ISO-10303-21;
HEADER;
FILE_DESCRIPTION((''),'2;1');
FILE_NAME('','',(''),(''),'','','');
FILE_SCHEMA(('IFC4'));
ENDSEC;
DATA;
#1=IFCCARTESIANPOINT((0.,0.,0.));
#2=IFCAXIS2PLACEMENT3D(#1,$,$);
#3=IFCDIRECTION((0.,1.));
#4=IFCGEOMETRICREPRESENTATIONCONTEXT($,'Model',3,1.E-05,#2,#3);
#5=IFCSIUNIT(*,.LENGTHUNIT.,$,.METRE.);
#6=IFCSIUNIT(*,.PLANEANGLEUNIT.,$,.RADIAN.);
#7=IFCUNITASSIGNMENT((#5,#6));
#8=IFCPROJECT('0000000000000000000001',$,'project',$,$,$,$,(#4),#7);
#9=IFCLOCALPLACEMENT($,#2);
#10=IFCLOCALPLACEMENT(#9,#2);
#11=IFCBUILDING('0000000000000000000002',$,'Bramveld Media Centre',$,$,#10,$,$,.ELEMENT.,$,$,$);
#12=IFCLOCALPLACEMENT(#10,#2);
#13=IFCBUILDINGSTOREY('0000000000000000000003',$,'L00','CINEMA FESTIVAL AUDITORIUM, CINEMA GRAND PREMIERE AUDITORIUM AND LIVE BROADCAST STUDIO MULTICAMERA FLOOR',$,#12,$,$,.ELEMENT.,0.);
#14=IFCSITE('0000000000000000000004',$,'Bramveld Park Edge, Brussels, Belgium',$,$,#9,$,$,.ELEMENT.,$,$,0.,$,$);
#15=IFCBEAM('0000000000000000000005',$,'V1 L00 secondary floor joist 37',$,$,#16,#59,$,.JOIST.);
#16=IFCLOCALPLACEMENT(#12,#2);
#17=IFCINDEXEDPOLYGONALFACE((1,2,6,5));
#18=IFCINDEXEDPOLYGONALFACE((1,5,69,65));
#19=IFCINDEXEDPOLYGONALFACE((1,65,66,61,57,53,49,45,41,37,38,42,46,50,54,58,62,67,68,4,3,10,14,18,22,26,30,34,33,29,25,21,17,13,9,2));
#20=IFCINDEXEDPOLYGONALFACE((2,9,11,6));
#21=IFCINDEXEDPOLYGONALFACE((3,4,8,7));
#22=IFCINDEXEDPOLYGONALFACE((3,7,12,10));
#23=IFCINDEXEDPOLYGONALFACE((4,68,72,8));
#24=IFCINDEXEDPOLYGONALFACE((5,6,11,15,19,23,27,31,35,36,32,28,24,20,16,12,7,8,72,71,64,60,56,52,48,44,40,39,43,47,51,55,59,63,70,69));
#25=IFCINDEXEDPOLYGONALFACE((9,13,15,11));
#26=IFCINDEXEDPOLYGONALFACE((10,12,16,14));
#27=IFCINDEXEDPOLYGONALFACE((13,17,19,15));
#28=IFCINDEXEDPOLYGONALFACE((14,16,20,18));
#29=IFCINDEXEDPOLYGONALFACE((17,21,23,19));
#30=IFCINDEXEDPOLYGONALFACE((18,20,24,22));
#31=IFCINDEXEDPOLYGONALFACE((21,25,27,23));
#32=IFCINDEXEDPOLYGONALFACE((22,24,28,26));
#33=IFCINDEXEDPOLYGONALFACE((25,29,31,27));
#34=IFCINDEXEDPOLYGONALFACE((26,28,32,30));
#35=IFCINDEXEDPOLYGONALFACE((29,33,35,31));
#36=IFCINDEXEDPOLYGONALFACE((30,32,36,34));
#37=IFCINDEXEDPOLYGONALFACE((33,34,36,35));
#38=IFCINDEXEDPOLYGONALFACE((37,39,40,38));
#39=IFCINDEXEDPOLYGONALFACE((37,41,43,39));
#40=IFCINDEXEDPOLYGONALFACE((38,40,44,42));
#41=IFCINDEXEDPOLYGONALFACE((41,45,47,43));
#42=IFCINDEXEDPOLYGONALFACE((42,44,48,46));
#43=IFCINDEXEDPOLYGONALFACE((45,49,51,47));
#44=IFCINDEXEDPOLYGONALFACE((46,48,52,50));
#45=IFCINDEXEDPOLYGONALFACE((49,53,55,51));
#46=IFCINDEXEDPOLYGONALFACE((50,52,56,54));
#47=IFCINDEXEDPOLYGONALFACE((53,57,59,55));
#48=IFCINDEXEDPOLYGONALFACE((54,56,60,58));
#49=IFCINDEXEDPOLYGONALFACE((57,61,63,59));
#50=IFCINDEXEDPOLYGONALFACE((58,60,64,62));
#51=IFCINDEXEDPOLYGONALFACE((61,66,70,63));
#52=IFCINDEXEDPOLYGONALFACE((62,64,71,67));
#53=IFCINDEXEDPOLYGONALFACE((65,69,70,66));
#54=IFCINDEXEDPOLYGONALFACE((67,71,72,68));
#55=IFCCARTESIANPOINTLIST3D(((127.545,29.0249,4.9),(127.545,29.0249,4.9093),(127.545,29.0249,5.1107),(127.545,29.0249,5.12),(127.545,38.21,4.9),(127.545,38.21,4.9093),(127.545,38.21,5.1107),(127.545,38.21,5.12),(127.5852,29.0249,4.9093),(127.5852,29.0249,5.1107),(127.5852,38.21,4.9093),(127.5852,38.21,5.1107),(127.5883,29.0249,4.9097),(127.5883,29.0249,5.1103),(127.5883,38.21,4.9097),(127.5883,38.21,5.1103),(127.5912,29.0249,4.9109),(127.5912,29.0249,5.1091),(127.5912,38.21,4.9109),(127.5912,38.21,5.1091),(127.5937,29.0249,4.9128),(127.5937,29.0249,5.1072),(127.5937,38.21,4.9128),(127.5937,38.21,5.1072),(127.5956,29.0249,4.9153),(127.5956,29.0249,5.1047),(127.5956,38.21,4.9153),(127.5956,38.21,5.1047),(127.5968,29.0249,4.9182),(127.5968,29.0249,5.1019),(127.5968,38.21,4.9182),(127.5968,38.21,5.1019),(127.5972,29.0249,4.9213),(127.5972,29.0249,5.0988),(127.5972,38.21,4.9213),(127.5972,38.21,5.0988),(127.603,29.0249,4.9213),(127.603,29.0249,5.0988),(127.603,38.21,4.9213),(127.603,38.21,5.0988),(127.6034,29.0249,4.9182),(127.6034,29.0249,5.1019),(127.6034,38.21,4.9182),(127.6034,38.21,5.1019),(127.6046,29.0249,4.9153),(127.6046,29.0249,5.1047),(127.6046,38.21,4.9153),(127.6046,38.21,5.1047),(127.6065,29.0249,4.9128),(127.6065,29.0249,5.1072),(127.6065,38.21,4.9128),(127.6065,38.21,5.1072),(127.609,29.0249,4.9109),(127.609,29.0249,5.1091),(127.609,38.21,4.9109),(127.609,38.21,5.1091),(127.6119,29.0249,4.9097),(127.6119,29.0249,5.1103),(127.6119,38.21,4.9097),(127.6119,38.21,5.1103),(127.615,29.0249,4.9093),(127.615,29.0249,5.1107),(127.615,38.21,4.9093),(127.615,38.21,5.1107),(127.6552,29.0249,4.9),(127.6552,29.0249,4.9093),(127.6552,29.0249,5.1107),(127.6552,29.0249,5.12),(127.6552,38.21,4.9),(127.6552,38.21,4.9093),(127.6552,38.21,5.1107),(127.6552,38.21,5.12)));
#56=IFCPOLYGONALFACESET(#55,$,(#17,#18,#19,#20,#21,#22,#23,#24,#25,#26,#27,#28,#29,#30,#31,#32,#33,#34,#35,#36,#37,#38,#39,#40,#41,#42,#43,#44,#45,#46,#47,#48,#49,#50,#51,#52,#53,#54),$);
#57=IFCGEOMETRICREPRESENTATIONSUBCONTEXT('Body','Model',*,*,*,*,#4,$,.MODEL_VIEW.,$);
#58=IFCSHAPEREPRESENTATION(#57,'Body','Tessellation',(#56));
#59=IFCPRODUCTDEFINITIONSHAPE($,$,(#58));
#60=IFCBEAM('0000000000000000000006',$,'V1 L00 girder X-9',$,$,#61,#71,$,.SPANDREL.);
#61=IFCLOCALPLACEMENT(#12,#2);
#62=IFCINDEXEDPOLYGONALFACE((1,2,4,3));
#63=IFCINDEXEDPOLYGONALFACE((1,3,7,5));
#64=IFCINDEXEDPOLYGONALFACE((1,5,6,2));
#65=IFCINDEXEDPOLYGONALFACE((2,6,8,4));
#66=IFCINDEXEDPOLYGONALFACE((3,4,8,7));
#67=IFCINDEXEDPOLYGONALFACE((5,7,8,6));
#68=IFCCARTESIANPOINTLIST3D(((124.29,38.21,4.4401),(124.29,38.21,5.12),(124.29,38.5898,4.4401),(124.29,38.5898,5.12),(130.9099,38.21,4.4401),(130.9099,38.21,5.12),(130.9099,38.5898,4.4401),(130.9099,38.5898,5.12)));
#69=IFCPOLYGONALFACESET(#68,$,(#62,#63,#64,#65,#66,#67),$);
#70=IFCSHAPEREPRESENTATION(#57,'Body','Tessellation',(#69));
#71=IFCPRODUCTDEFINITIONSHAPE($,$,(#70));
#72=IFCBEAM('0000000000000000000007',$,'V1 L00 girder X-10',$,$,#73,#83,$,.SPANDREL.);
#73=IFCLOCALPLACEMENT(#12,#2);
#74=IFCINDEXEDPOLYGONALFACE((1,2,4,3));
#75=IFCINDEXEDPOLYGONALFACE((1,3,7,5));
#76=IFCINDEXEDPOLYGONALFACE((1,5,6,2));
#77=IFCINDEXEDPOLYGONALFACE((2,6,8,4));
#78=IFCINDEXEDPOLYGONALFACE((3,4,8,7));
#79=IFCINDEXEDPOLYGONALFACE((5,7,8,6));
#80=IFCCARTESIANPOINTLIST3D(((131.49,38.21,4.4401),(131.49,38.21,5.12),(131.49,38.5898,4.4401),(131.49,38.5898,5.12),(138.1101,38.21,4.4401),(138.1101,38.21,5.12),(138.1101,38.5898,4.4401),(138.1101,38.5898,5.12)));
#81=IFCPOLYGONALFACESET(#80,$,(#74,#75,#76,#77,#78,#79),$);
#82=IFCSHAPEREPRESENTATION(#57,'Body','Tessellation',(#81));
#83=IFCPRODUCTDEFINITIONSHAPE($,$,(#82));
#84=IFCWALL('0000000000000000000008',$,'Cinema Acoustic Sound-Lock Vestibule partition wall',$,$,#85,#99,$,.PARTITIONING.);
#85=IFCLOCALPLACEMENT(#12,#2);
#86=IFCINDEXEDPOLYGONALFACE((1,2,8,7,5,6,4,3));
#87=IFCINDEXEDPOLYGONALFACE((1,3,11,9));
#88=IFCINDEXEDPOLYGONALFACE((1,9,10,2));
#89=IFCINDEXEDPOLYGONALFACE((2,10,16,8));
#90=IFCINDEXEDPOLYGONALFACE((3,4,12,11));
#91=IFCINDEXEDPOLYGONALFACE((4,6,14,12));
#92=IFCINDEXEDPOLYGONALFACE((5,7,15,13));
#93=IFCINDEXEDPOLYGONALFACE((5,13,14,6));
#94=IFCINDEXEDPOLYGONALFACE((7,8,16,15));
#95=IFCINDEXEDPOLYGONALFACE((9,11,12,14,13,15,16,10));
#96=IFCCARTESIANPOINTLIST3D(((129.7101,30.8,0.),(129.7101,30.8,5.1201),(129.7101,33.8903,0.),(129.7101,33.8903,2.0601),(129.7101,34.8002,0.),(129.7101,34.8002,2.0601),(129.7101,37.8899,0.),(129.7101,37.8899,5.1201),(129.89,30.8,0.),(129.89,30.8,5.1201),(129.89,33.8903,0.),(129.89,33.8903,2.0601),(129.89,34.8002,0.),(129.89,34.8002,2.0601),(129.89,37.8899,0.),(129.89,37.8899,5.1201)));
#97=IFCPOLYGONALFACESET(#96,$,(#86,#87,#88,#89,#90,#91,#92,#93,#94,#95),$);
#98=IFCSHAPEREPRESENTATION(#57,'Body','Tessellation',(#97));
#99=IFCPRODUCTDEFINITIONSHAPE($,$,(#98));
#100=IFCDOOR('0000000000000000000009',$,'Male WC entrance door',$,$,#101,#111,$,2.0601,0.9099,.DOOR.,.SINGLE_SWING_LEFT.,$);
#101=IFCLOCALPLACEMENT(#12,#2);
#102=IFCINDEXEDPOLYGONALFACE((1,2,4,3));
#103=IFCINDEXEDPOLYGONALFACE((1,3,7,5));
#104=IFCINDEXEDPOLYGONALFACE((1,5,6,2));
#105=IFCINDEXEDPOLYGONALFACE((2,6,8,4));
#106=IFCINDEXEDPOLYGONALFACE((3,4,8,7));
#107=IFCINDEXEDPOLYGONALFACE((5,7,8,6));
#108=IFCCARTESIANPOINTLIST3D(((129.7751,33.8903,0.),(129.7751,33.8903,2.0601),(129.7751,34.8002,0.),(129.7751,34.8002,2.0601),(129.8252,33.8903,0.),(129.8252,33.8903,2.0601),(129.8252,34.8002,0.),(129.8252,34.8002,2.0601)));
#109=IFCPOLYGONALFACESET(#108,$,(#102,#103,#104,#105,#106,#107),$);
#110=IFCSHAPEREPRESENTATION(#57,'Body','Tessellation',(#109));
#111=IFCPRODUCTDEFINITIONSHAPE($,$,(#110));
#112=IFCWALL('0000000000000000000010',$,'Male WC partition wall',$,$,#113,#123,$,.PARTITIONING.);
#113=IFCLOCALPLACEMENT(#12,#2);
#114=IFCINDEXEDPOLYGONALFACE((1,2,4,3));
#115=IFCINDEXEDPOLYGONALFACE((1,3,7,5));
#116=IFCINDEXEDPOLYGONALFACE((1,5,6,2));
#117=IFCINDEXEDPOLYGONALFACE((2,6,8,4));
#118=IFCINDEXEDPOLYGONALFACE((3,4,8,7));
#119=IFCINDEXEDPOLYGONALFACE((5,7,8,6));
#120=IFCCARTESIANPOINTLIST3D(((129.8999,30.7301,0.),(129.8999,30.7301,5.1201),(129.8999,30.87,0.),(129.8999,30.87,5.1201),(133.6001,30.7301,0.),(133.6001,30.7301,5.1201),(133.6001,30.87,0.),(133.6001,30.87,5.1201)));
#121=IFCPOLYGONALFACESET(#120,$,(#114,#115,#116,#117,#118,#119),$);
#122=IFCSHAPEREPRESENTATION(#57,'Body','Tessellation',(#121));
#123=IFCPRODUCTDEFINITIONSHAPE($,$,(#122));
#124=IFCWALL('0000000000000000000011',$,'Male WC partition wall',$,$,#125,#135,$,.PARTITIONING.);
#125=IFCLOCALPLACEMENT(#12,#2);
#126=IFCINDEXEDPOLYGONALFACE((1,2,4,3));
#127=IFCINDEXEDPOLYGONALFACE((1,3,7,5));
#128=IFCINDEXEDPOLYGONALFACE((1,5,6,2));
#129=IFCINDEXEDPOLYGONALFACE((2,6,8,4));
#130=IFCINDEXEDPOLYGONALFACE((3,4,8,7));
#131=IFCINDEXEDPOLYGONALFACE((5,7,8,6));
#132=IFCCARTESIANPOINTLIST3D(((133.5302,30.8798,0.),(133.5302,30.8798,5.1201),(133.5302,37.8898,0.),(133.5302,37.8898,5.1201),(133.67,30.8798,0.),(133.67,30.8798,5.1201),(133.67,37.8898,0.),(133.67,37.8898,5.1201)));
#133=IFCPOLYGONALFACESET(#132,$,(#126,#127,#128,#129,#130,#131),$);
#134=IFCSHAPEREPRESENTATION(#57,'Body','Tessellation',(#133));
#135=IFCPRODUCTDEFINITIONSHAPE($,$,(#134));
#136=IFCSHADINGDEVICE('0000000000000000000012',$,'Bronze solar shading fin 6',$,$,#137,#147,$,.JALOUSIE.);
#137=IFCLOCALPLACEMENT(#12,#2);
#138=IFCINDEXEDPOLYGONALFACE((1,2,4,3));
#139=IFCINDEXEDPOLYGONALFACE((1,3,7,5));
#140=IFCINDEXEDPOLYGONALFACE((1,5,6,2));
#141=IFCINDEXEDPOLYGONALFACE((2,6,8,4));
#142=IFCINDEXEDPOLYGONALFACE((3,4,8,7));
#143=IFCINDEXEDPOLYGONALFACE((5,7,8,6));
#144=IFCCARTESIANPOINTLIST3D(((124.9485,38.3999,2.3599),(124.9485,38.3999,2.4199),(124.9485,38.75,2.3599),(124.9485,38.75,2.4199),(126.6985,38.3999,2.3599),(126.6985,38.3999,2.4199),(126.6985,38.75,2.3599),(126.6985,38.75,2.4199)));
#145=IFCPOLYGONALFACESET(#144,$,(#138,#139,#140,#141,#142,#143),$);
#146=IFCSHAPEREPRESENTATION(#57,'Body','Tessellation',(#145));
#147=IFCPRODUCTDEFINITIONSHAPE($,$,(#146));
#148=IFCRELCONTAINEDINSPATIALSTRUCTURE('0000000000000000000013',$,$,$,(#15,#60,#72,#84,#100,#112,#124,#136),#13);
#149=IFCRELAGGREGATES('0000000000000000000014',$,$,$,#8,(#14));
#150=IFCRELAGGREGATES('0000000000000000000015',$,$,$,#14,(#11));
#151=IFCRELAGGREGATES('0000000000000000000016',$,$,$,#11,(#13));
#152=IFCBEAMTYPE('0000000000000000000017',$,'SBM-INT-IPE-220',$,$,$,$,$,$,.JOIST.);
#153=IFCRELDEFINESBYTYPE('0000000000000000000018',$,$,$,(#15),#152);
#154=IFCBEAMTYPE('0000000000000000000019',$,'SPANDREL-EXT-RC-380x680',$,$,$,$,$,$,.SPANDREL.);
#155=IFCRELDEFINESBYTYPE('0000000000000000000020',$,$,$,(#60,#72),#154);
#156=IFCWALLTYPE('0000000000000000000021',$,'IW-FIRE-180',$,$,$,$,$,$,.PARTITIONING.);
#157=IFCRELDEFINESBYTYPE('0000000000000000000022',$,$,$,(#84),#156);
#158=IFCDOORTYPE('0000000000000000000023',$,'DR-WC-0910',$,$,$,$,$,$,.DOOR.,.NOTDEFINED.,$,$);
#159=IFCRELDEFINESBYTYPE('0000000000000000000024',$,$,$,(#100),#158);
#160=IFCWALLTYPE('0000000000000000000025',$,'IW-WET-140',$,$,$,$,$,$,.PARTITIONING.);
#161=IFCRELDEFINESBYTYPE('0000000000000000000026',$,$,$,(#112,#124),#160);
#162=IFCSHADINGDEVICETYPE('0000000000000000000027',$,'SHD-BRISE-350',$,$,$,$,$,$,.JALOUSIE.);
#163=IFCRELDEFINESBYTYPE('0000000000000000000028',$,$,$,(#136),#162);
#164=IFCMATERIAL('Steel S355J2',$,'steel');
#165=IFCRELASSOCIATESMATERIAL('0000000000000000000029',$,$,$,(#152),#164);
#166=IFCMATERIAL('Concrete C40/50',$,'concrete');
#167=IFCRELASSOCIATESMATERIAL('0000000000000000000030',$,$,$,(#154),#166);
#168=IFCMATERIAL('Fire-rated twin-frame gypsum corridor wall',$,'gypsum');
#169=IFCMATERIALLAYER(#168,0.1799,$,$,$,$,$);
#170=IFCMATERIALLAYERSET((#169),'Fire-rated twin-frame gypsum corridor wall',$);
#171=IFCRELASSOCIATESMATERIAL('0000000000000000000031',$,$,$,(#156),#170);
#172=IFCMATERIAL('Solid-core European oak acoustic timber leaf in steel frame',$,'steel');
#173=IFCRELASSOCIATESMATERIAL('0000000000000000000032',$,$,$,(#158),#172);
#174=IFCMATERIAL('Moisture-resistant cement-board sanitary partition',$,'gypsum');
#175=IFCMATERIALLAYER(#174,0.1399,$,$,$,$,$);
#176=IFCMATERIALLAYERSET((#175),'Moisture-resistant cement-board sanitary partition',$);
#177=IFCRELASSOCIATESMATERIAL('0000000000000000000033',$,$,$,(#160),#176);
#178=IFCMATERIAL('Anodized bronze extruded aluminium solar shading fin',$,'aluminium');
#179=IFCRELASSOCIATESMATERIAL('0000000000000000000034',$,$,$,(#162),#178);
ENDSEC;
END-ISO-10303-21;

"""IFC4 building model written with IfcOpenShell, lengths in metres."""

from ifc_helpers import new_model, si_unit, direction, frame, frame_2d, origin, origin_2d, place, context, subcontext, project, spatial, rectangle, i_section, extrude, material, layer, layer_set, material_profile, profile_set, type_object, element, fill, save


model = new_model("IFC4")

# Units and contexts
model_context = context("Model", 3, precision=1e-05, world=origin(), true_north=direction((0.0, 1.0)))
body_context = subcontext(model_context, "Body", "Model", "MODEL_VIEW")
ifc_project = project(units=[si_unit("LENGTHUNIT", "METRE"), si_unit("PLANEANGLEUNIT", "RADIAN")], contexts=[model_context])

# Site, building, storey
site_placement = place(None, origin())
site = spatial("IfcSite", under=ifc_project, at=site_placement, Name="Bramveld Park Edge, Brussels, Belgium", CompositionType="ELEMENT", RefElevation=0.0)
building_placement = place(site_placement, origin())
building = spatial("IfcBuilding", under=site, at=building_placement, Name="Bramveld Media Centre", CompositionType="ELEMENT")
storey_placement = place(building_placement, origin())
storey = spatial("IfcBuildingStorey", under=building, at=storey_placement, Name="L00", Description="CINEMA FESTIVAL AUDITORIUM, CINEMA GRAND PREMIERE AUDITORIUM AND LIVE BROADCAST STUDIO MULTICAMERA FLOOR", CompositionType="ELEMENT", Elevation=0.0)

# Beams
ifc_material_1 = material(Name="Steel S355J2", Category="steel")
ifc_material_profile_1 = material_profile(ifc_material_1, i_section(OverallWidth=0.1101, OverallDepth=0.22, WebThickness=0.0059, FlangeThickness=0.0093, FilletRadius=0.012, at=origin_2d()), Name="IPE 220")
ifc_profile_set_1 = profile_set([ifc_material_profile_1], Name="Steel S355J2")
beam_type_1 = type_object("IfcBeamType", Name="SBM-INT-IPE-220", PredefinedType="JOIST", material=ifc_profile_set_1)
beam_1_placement = place(storey_placement, frame((127.6001, 29.0249, 5.01), z_axis=(0.0, 1.0, 0.0), x_axis=(-1.0, 0.0, 0.0)))
element("IfcBeam", 1, at=beam_1_placement, inside=storey, type_object=beam_type_1, Name="V1 L00 secondary floor joist 37", PredefinedType="JOIST", context=body_context, shape_type="SweptSolid", body=[
    extrude(i_section(OverallWidth=0.1101, OverallDepth=0.22, WebThickness=0.0059, FlangeThickness=0.0093, FilletRadius=0.012, at=origin_2d()), origin(), (0.0, 0.0, 1.0), 9.1851),
])
ifc_material_2 = material(Name="Concrete C40/50", Category="concrete")
ifc_material_profile_2 = material_profile(ifc_material_2, rectangle(XDim=0.3799, YDim=0.6799, at=origin_2d()), Name="RC 380x680")
ifc_profile_set_2 = profile_set([ifc_material_profile_2], Name="Concrete C40/50")
beam_type_2 = type_object("IfcBeamType", Name="SPANDREL-EXT-RC-380x680", PredefinedType="SPANDREL", material=ifc_profile_set_2)
beam_2_placement = place(storey_placement, frame((124.29, 38.3999, 4.78), z_axis=(1.0, 0.0, 0.0), x_axis=(0.0, 1.0, 0.0)))
element("IfcBeam", 2, at=beam_2_placement, inside=storey, type_object=beam_type_2, Name="V1 L00 girder X-9", PredefinedType="SPANDREL", context=body_context, shape_type="SweptSolid", body=[
    extrude(rectangle(XDim=0.3799, YDim=0.6799, at=origin_2d()), origin(), (0.0, 0.0, 1.0), 6.6199),
])
beam_3_placement = place(storey_placement, frame((131.49, 38.3999, 4.78), z_axis=(1.0, 0.0, 0.0), x_axis=(0.0, 1.0, 0.0)))
element("IfcBeam", 3, at=beam_3_placement, inside=storey, type_object=beam_type_2, Name="V1 L00 girder X-10", PredefinedType="SPANDREL", context=body_context, shape_type="SweptSolid", body=[
    extrude(rectangle(XDim=0.3799, YDim=0.6799, at=origin_2d()), origin(), (0.0, 0.0, 1.0), 6.6201),
])

# Wall, opening, door
ifc_material_3 = material(Name="Fire-rated twin-frame gypsum corridor wall", Category="gypsum")
ifc_layer_1 = layer(ifc_material_3, 0.1799)
ifc_layer_set_1 = layer_set([ifc_layer_1], Name="Fire-rated twin-frame gypsum corridor wall")
wall_type_1 = type_object("IfcWallType", Name="IW-FIRE-180", PredefinedType="PARTITIONING", material=ifc_layer_set_1)
wall_1_placement = place(storey_placement, frame((129.8, 30.8, 0.0), z_axis=(0.0, 0.0, 1.0), x_axis=(0.0, 1.0, 0.0)))
wall_1 = element("IfcWall", 4, at=wall_1_placement, inside=storey, type_object=wall_type_1, Name="Cinema Acoustic Sound-Lock Vestibule partition wall", PredefinedType="PARTITIONING", context=body_context, shape_type="SweptSolid", body=[
    extrude(rectangle(XDim=7.0898, YDim=0.1799, at=frame_2d((3.5449, 0.0))), origin(), (0.0, 0.0, 1.0), 5.1201),
])
opening_placement = place(wall_1_placement, frame((3.0901, 0.0, 0.0)))
opening = element("IfcOpeningElement", 5, at=opening_placement, cuts=wall_1, PredefinedType="OPENING", context=body_context, shape_type="SweptSolid", body=[
    extrude(rectangle(XDim=0.9099, YDim=2.0601, at=frame_2d((0.4551, 1.03))), frame((0.0, 0.1021, 0.0), z_axis=(0.0, -1.0, 0.0), x_axis=(1.0, 0.0, 0.0)), (0.0, 0.0, 1.0), 0.2039),
])
ifc_material_4 = material(Name="Solid-core European oak acoustic timber leaf in steel frame", Category="steel")
door_type = type_object("IfcDoorType", Name="DR-WC-0910", OperationType="NOTDEFINED", PredefinedType="DOOR", material=ifc_material_4)
door_placement = place(opening_placement, origin())
door = element("IfcDoor", 6, at=door_placement, inside=storey, type_object=door_type, Name="Male WC entrance door", OperationType="SINGLE_SWING_LEFT", OverallHeight=2.0601, OverallWidth=0.9099, PredefinedType="DOOR", context=body_context, shape_type="SweptSolid", body=[
    extrude(rectangle(XDim=0.9099, YDim=2.0601, at=frame_2d((0.4551, 1.03))), frame((0.0, 0.0249, 0.0), z_axis=(0.0, -1.0, 0.0), x_axis=(1.0, 0.0, 0.0)), (0.0, 0.0, 1.0), 0.05),
])
fill(opening, door)

# Walls
ifc_material_5 = material(Name="Moisture-resistant cement-board sanitary partition", Category="gypsum")
ifc_layer_2 = layer(ifc_material_5, 0.1399)
ifc_layer_set_2 = layer_set([ifc_layer_2], Name="Moisture-resistant cement-board sanitary partition")
wall_type_2 = type_object("IfcWallType", Name="IW-WET-140", PredefinedType="PARTITIONING", material=ifc_layer_set_2)
wall_2_placement = place(storey_placement, frame((129.8999, 30.8, 0.0), z_axis=(0.0, 0.0, 1.0), x_axis=(1.0, 0.0, 0.0)))
element("IfcWall", 7, at=wall_2_placement, inside=storey, type_object=wall_type_2, Name="Male WC partition wall", PredefinedType="PARTITIONING", context=body_context, shape_type="SweptSolid", body=[
    extrude(rectangle(XDim=3.7002, YDim=0.1399, at=frame_2d((1.8501, 0.0))), origin(), (0.0, 0.0, 1.0), 5.1201),
])
wall_3_placement = place(storey_placement, frame((133.6001, 30.8799, 0.0), z_axis=(0.0, 0.0, 1.0), x_axis=(0.0, 1.0, 0.0)))
element("IfcWall", 8, at=wall_3_placement, inside=storey, type_object=wall_type_2, Name="Male WC partition wall", PredefinedType="PARTITIONING", context=body_context, shape_type="SweptSolid", body=[
    extrude(rectangle(XDim=7.01, YDim=0.1399, at=frame_2d((3.5049, 0.0))), origin(), (0.0, 0.0, 1.0), 5.1201),
])

# Shading device
ifc_material_6 = material(Name="Anodized bronze extruded aluminium solar shading fin", Category="aluminium")
shading_device_type = type_object("IfcShadingDeviceType", Name="SHD-BRISE-350", PredefinedType="JALOUSIE", material=ifc_material_6)
shading_device_placement = place(storey_placement, frame((125.8235, 38.575, 2.3599), z_axis=(0.0, 0.0, 1.0), x_axis=(1.0, 0.0, 0.0)))
element("IfcShadingDevice", 9, at=shading_device_placement, inside=storey, type_object=shading_device_type, Name="Bronze solar shading fin 6", PredefinedType="JALOUSIE", context=body_context, shape_type="SweptSolid", body=[
    extrude(rectangle(XDim=1.75, YDim=0.3501, at=origin_2d()), origin(), (0.0, 0.0, 1.0), 0.0601),
])

save(model, "model.ifc")
